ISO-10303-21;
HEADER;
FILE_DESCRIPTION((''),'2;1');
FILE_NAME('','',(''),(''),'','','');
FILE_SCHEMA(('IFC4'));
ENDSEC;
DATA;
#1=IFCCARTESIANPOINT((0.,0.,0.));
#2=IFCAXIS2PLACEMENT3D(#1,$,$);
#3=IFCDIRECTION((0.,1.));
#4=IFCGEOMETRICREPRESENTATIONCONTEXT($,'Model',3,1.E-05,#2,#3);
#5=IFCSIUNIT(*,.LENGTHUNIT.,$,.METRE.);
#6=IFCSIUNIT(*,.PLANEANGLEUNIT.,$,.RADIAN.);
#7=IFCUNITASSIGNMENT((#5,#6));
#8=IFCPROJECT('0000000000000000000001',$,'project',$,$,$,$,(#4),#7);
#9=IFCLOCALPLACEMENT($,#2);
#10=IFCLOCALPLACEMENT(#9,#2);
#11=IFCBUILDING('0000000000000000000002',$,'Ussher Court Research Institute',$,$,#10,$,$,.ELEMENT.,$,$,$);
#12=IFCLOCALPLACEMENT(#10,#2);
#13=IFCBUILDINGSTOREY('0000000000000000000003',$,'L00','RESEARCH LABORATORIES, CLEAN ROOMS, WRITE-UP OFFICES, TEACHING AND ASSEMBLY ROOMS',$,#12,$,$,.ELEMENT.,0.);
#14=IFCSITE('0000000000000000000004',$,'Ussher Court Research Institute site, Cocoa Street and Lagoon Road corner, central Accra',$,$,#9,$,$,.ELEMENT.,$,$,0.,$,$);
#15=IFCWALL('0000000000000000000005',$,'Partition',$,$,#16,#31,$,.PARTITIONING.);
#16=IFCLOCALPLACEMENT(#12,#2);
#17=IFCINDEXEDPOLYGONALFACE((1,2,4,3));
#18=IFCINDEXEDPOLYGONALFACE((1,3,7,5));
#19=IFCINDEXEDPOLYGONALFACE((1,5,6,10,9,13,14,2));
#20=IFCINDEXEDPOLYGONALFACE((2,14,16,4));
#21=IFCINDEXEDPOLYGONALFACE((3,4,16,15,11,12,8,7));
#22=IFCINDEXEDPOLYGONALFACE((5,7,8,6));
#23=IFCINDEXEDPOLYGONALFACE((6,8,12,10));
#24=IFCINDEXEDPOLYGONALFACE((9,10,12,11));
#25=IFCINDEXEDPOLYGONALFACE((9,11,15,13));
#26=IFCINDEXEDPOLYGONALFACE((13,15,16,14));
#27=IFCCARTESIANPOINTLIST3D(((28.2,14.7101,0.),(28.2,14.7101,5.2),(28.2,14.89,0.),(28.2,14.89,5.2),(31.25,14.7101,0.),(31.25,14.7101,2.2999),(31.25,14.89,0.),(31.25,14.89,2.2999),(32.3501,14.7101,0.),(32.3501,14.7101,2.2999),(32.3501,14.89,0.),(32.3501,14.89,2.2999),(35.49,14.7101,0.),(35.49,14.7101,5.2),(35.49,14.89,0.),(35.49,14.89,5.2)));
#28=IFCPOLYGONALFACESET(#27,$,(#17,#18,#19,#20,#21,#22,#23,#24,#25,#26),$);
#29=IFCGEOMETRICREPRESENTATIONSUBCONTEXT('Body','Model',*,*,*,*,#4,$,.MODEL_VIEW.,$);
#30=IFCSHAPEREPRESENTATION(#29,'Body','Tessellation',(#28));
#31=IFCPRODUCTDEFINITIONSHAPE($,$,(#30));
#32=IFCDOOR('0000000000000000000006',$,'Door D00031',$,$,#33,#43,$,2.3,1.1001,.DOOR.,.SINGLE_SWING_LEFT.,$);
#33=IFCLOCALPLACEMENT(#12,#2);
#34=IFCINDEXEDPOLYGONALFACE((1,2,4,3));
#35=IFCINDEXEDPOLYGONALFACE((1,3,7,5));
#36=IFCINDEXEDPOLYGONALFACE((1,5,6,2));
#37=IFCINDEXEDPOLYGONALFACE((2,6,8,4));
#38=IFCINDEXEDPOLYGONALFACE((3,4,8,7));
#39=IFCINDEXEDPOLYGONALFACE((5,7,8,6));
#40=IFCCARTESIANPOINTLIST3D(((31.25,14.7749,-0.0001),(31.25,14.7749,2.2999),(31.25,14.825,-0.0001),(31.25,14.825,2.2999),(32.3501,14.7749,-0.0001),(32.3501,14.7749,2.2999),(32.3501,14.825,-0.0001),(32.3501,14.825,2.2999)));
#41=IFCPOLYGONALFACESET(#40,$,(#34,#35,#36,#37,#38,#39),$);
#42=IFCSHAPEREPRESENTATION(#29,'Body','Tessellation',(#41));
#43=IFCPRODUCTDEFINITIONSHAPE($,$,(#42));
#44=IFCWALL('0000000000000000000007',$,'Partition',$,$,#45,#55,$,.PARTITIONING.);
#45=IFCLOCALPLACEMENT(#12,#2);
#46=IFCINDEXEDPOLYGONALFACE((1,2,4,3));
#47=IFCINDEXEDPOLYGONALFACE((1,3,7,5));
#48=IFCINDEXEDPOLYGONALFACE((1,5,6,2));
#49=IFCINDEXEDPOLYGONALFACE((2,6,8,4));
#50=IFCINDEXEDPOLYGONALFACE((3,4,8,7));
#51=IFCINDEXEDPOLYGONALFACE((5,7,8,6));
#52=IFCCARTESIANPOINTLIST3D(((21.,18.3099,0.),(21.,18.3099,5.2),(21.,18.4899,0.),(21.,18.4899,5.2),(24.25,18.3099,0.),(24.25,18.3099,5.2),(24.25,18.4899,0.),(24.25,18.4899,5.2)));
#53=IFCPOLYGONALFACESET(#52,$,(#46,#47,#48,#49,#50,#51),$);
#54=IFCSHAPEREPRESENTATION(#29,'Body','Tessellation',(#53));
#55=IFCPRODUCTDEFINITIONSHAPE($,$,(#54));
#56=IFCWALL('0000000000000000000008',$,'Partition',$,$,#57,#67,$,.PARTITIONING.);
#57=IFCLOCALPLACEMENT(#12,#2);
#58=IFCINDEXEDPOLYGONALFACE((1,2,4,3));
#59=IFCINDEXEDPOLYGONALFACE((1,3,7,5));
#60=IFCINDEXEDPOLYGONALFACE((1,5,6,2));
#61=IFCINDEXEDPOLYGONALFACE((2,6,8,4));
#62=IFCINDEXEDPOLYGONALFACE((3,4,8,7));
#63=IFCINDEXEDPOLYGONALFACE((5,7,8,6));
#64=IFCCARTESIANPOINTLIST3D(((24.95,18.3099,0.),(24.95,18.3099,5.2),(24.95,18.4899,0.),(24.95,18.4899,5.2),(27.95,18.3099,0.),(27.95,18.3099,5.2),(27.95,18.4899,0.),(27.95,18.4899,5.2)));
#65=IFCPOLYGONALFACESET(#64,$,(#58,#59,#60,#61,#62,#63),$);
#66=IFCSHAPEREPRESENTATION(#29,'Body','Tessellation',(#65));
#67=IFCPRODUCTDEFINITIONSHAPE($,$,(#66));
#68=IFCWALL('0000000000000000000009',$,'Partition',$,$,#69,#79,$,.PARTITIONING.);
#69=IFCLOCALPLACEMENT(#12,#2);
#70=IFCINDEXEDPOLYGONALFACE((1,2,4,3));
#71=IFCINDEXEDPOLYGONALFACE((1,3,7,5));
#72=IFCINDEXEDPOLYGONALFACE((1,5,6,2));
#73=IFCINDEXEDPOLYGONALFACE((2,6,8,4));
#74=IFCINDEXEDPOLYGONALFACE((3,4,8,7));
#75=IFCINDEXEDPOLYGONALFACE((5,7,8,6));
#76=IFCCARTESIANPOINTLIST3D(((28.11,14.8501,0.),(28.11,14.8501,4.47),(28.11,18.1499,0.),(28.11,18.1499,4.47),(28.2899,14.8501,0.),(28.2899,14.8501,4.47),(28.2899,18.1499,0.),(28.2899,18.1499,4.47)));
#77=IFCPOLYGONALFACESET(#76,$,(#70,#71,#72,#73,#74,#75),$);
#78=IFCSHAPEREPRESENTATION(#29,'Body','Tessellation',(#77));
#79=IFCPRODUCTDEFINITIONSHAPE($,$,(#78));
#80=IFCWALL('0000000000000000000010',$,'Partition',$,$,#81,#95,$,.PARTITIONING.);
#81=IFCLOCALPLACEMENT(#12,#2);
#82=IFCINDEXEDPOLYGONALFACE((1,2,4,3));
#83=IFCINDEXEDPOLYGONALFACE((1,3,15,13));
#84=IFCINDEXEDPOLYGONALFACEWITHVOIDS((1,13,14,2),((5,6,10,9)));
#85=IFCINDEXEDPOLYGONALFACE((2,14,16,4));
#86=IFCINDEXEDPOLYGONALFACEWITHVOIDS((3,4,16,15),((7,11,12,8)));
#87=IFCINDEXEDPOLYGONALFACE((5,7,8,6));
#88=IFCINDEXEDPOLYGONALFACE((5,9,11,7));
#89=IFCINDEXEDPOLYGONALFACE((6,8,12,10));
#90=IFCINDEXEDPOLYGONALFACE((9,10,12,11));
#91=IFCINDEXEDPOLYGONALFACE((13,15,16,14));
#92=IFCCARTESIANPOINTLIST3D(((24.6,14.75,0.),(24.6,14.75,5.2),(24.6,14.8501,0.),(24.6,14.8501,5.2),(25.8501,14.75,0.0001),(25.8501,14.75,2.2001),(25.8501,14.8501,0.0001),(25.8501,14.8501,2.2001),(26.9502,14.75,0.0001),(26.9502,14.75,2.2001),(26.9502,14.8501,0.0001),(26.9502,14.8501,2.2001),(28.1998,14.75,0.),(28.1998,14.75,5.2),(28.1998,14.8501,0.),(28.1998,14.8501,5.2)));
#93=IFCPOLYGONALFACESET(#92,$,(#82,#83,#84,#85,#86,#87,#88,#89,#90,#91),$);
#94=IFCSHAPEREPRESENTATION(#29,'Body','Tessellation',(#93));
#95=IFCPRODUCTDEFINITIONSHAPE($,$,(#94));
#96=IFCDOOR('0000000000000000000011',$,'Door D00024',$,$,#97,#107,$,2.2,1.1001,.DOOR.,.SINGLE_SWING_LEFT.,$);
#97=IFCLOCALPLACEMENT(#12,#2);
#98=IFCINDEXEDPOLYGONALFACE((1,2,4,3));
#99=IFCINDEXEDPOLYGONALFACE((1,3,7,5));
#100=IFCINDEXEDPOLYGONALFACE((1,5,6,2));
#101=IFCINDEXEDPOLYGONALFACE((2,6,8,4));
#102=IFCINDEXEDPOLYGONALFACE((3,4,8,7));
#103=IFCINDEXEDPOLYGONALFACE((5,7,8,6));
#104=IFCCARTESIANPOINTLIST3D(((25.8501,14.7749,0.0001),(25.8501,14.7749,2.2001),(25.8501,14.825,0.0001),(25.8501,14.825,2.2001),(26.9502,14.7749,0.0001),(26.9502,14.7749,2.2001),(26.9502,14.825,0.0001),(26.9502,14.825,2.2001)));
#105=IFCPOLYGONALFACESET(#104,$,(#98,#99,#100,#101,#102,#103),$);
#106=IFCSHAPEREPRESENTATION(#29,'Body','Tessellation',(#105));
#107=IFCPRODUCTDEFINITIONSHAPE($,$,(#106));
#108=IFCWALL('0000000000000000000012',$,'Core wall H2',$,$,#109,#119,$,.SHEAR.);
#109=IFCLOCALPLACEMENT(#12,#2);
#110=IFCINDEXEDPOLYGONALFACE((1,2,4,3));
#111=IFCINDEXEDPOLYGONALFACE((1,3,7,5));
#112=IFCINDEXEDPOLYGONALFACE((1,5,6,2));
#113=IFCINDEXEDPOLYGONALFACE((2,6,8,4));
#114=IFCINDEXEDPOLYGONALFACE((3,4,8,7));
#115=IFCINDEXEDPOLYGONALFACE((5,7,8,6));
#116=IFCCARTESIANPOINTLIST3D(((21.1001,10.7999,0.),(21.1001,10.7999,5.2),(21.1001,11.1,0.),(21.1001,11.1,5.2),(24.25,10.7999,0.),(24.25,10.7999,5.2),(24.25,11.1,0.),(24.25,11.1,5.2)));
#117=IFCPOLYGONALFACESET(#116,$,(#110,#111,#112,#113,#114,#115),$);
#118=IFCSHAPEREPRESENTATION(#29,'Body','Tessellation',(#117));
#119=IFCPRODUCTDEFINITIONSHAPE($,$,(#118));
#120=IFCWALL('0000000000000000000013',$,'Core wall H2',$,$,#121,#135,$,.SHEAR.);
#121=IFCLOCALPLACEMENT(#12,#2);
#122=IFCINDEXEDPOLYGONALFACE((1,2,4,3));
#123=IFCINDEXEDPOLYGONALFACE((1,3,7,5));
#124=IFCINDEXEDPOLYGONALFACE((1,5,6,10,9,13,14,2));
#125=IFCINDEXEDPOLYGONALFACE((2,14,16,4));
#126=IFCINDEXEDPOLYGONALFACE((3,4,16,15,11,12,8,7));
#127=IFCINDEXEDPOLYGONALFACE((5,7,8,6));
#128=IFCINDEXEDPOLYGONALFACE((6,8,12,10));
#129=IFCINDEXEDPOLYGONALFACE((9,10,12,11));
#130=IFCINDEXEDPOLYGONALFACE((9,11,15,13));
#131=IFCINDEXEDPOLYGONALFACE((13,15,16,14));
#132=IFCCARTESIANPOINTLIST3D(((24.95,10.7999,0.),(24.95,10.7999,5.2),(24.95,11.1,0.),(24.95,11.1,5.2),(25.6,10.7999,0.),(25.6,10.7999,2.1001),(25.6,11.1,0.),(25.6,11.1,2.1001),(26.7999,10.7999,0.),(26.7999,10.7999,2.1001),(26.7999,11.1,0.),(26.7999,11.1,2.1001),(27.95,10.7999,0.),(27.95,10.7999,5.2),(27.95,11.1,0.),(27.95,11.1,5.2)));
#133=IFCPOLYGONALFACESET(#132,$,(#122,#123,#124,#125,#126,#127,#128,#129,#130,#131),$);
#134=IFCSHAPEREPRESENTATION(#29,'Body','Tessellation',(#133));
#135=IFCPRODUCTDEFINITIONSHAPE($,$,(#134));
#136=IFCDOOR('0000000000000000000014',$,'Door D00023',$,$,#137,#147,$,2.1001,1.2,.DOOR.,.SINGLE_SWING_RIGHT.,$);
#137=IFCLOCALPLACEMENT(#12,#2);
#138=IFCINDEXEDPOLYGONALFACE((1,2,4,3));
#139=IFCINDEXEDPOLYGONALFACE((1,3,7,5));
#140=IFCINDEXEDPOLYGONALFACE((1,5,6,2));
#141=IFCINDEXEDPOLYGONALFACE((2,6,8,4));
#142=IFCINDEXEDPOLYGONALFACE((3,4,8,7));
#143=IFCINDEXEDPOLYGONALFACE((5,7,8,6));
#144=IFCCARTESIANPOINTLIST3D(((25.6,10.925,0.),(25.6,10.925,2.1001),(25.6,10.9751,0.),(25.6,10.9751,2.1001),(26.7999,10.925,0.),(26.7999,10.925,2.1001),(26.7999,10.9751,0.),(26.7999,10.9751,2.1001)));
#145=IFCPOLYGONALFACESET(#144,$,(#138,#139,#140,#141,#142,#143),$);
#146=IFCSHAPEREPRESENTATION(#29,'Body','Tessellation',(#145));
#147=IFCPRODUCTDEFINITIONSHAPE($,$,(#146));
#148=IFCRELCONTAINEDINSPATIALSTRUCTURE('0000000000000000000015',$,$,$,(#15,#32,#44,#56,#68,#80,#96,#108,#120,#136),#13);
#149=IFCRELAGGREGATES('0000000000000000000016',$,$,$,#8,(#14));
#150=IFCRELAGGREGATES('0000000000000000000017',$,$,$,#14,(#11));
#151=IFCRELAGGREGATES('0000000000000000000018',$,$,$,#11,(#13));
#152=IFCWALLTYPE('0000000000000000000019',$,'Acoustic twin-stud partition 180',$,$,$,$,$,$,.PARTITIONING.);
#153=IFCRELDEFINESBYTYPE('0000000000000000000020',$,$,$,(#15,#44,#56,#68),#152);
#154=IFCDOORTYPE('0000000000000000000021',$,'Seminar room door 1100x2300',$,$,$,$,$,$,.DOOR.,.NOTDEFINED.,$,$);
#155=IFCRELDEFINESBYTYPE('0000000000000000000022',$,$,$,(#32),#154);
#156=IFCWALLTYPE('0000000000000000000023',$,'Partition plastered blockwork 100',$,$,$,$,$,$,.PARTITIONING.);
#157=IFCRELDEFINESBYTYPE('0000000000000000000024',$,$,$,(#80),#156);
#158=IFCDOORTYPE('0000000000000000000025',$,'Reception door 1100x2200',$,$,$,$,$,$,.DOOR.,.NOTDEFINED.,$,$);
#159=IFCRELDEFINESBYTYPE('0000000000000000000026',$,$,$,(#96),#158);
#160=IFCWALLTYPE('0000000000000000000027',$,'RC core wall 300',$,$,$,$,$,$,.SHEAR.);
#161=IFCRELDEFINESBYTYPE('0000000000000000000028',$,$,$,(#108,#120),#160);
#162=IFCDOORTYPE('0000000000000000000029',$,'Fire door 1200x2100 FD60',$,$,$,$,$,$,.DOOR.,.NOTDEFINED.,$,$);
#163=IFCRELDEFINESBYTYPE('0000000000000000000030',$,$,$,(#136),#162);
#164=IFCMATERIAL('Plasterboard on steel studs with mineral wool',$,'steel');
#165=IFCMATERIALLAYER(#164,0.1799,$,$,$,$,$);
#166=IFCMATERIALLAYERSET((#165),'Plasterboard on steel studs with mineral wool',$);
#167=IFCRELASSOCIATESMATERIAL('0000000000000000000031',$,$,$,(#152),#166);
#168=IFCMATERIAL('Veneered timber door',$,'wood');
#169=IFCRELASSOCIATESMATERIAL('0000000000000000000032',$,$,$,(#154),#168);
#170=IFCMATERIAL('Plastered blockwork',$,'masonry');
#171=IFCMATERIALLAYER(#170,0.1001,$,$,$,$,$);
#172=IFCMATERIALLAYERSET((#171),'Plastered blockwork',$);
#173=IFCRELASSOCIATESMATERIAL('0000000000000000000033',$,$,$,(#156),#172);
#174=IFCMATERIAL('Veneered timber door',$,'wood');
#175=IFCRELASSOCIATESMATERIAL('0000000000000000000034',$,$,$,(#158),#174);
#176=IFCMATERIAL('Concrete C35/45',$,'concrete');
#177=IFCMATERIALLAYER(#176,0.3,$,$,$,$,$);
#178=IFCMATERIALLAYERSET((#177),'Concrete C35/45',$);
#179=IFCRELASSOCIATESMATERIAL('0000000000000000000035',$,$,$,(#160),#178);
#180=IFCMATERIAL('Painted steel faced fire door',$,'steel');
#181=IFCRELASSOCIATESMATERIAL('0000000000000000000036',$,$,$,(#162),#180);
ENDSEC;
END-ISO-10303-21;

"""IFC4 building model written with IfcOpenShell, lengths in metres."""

from ifc_helpers import new_model, si_unit, direction, frame, frame_2d, origin, place, context, subcontext, project, spatial, rectangle, extrude, material, layer, layer_set, type_object, element, fill, save


model = new_model("IFC4")

# Units and contexts
model_context = context("Model", 3, precision=1e-05, world=origin(), true_north=direction((0.0, 1.0)))
body_context = subcontext(model_context, "Body", "Model", "MODEL_VIEW")
ifc_project = project(units=[si_unit("LENGTHUNIT", "METRE"), si_unit("PLANEANGLEUNIT", "RADIAN")], contexts=[model_context])

# Site, building, storey
site_placement = place(None, origin())
site = spatial("IfcSite", under=ifc_project, at=site_placement, Name="Ussher Court Research Institute site, Cocoa Street and Lagoon Road corner, central Accra", CompositionType="ELEMENT", RefElevation=0.0)
building_placement = place(site_placement, origin())
building = spatial("IfcBuilding", under=site, at=building_placement, Name="Ussher Court Research Institute", CompositionType="ELEMENT")
storey_placement = place(building_placement, origin())
storey = spatial("IfcBuildingStorey", under=building, at=storey_placement, Name="L00", Description="RESEARCH LABORATORIES, CLEAN ROOMS, WRITE-UP OFFICES, TEACHING AND ASSEMBLY ROOMS", CompositionType="ELEMENT", Elevation=0.0)

# Wall, opening, door
ifc_material_1 = material(Name="Plasterboard on steel studs with mineral wool", Category="steel")
ifc_layer_1 = layer(ifc_material_1, 0.1799)
ifc_layer_set_1 = layer_set([ifc_layer_1], Name="Plasterboard on steel studs with mineral wool")
wall_type_1 = type_object("IfcWallType", Name="Acoustic twin-stud partition 180", PredefinedType="PARTITIONING", material=ifc_layer_set_1)
wall_1_placement = place(storey_placement, frame((28.2, 14.8, 0.0), z_axis=(0.0, 0.0, 1.0), x_axis=(1.0, 0.0, 0.0)))
wall_1 = element("IfcWall", 1, at=wall_1_placement, inside=storey, type_object=wall_type_1, Name="Partition", PredefinedType="PARTITIONING", context=body_context, shape_type="SweptSolid", body=[
    extrude(rectangle(XDim=7.29, YDim=0.1799, at=frame_2d((3.645, 0.0))), origin(), (0.0, 0.0, 1.0), 5.2),
])
opening_1_placement = place(wall_1_placement, frame((3.05, 0.0, 0.0)))
opening_1 = element("IfcOpeningElement", 2, at=opening_1_placement, cuts=wall_1, PredefinedType="OPENING", context=body_context, shape_type="SweptSolid", body=[
    extrude(rectangle(XDim=1.1001, YDim=2.3, at=frame_2d((0.55, 1.1499))), frame((0.0, 0.1001, 0.0), z_axis=(0.0, -1.0, 0.0), x_axis=(1.0, 0.0, 0.0)), (0.0, 0.0, 1.0), 0.2),
])
ifc_material_2 = material(Name="Veneered timber door", Category="wood")
door_type_1 = type_object("IfcDoorType", Name="Seminar room door 1100x2300", OperationType="NOTDEFINED", PredefinedType="DOOR", material=ifc_material_2)
door_1_placement = place(opening_1_placement, origin())
door_1 = element("IfcDoor", 3, at=door_1_placement, inside=storey, type_object=door_type_1, Name="Door D00031", OperationType="SINGLE_SWING_LEFT", OverallHeight=2.3, OverallWidth=1.1001, PredefinedType="DOOR", context=body_context, shape_type="SweptSolid", body=[
    extrude(rectangle(XDim=1.1001, YDim=2.3, at=frame_2d((0.55, 1.1499))), frame((0.0, 0.0249, 0.0), z_axis=(0.0, -1.0, 0.0), x_axis=(1.0, 0.0, 0.0)), (0.0, 0.0, 1.0), 0.05),
])
fill(opening_1, door_1)

# Walls
wall_2_placement = place(storey_placement, frame((21.0, 18.3999, 0.0), z_axis=(0.0, 0.0, 1.0), x_axis=(1.0, 0.0, 0.0)))
element("IfcWall", 4, at=wall_2_placement, inside=storey, type_object=wall_type_1, Name="Partition", PredefinedType="PARTITIONING", context=body_context, shape_type="SweptSolid", body=[
    extrude(rectangle(XDim=3.25, YDim=0.1799, at=frame_2d((1.625, 0.0))), origin(), (0.0, 0.0, 1.0), 5.2),
])
wall_3_placement = place(storey_placement, frame((24.95, 18.3999, 0.0), z_axis=(0.0, 0.0, 1.0), x_axis=(1.0, 0.0, 0.0)))
element("IfcWall", 5, at=wall_3_placement, inside=storey, type_object=wall_type_1, Name="Partition", PredefinedType="PARTITIONING", context=body_context, shape_type="SweptSolid", body=[
    extrude(rectangle(XDim=3.0, YDim=0.1799, at=frame_2d((1.5, 0.0))), origin(), (0.0, 0.0, 1.0), 5.2),
])
wall_4_placement = place(storey_placement, frame((28.2, 14.8501, 0.0), z_axis=(0.0, 0.0, 1.0), x_axis=(0.0, 1.0, 0.0)))
element("IfcWall", 6, at=wall_4_placement, inside=storey, type_object=wall_type_1, Name="Partition", PredefinedType="PARTITIONING", context=body_context, shape_type="SweptSolid", body=[
    extrude(rectangle(XDim=3.2998, YDim=0.1799, at=frame_2d((1.6499, 0.0))), origin(), (0.0, 0.0, 1.0), 4.47),
])

# Wall, opening, door
ifc_material_3 = material(Name="Plastered blockwork", Category="masonry")
ifc_layer_2 = layer(ifc_material_3, 0.1001)
ifc_layer_set_2 = layer_set([ifc_layer_2], Name="Plastered blockwork")
wall_type_2 = type_object("IfcWallType", Name="Partition plastered blockwork 100", PredefinedType="PARTITIONING", material=ifc_layer_set_2)
wall_5_placement = place(storey_placement, frame((24.6001, 14.8, 0.0), z_axis=(0.0, 0.0, 1.0), x_axis=(1.0, 0.0, 0.0)))
wall_5 = element("IfcWall", 7, at=wall_5_placement, inside=storey, type_object=wall_type_2, Name="Partition", PredefinedType="PARTITIONING", context=body_context, shape_type="SweptSolid", body=[
    extrude(rectangle(XDim=3.5999, YDim=0.1001, at=frame_2d((1.7998, 0.0))), origin(), (0.0, 0.0, 1.0), 5.2),
])
opening_2_placement = place(wall_5_placement, frame((1.25, 0.0, 0.0)))
opening_2 = element("IfcOpeningElement", 8, at=opening_2_placement, cuts=wall_5, PredefinedType="OPENING", context=body_context, shape_type="SweptSolid", body=[
    extrude(rectangle(XDim=1.1001, YDim=2.2, at=frame_2d((0.55, 1.1001))), frame((0.0, 0.0601, 0.0), z_axis=(0.0, -1.0, 0.0), x_axis=(1.0, 0.0, 0.0)), (0.0, 0.0, 1.0), 0.1201),
])
ifc_material_4 = material(Name="Veneered timber door", Category="wood")
door_type_2 = type_object("IfcDoorType", Name="Reception door 1100x2200", OperationType="NOTDEFINED", PredefinedType="DOOR", material=ifc_material_4)
door_2_placement = place(opening_2_placement, origin())
door_2 = element("IfcDoor", 9, at=door_2_placement, inside=storey, type_object=door_type_2, Name="Door D00024", OperationType="SINGLE_SWING_LEFT", OverallHeight=2.2, OverallWidth=1.1001, PredefinedType="DOOR", context=body_context, shape_type="SweptSolid", body=[
    extrude(rectangle(XDim=1.1001, YDim=2.2, at=frame_2d((0.55, 1.1001))), frame((0.0, 0.0249, 0.0), z_axis=(0.0, -1.0, 0.0), x_axis=(1.0, 0.0, 0.0)), (0.0, 0.0, 1.0), 0.05),
])
fill(opening_2, door_2)

# Wall
ifc_material_5 = material(Name="Concrete C35/45", Category="concrete")
ifc_layer_3 = layer(ifc_material_5, 0.3)
ifc_layer_set_3 = layer_set([ifc_layer_3], Name="Concrete C35/45")
wall_type_3 = type_object("IfcWallType", Name="RC core wall 300", PredefinedType="SHEAR", material=ifc_layer_set_3)
wall_6_placement = place(storey_placement, frame((24.25, 10.95, 0.0), z_axis=(0.0, 0.0, 1.0), x_axis=(-1.0, 0.0, 0.0)))
element("IfcWall", 10, at=wall_6_placement, inside=storey, type_object=wall_type_3, Name="Core wall H2", PredefinedType="SHEAR", context=body_context, shape_type="SweptSolid", body=[
    extrude(rectangle(XDim=3.1499, YDim=0.3, at=frame_2d((1.575, 0.0))), origin(), (0.0, 0.0, 1.0), 5.2),
])

# Wall, opening, door
wall_7_placement = place(storey_placement, frame((27.95, 10.95, 0.0), z_axis=(0.0, 0.0, 1.0), x_axis=(-1.0, 0.0, 0.0)))
wall_7 = element("IfcWall", 11, at=wall_7_placement, inside=storey, type_object=wall_type_3, Name="Core wall H2", PredefinedType="SHEAR", context=body_context, shape_type="SweptSolid", body=[
    extrude(rectangle(XDim=3.0, YDim=0.3, at=frame_2d((1.5, 0.0))), origin(), (0.0, 0.0, 1.0), 5.2),
])
opening_3_placement = place(wall_7_placement, frame((1.1499, 0.0, 0.0)))
opening_3 = element("IfcOpeningElement", 12, at=opening_3_placement, cuts=wall_7, PredefinedType="OPENING", context=body_context, shape_type="SweptSolid", body=[
    extrude(rectangle(XDim=1.2, YDim=2.1001, at=frame_2d((0.6001, 1.05))), frame((0.0, 0.1602, 0.0), z_axis=(0.0, -1.0, 0.0), x_axis=(1.0, 0.0, 0.0)), (0.0, 0.0, 1.0), 0.3201),
])
ifc_material_6 = material(Name="Painted steel faced fire door", Category="steel")
door_type_3 = type_object("IfcDoorType", Name="Fire door 1200x2100 FD60", OperationType="NOTDEFINED", PredefinedType="DOOR", material=ifc_material_6)
door_3_placement = place(opening_3_placement, origin())
door_3 = element("IfcDoor", 13, at=door_3_placement, inside=storey, type_object=door_type_3, Name="Door D00023", OperationType="SINGLE_SWING_RIGHT", OverallHeight=2.1001, OverallWidth=1.2, PredefinedType="DOOR", context=body_context, shape_type="SweptSolid", body=[
    extrude(rectangle(XDim=1.2, YDim=2.1001, at=frame_2d((0.6001, 1.05))), frame((0.0, 0.0249, 0.0), z_axis=(0.0, -1.0, 0.0), x_axis=(1.0, 0.0, 0.0)), (0.0, 0.0, 1.0), 0.05),
])
fill(opening_3, door_3)

save(model, "model.ifc")
